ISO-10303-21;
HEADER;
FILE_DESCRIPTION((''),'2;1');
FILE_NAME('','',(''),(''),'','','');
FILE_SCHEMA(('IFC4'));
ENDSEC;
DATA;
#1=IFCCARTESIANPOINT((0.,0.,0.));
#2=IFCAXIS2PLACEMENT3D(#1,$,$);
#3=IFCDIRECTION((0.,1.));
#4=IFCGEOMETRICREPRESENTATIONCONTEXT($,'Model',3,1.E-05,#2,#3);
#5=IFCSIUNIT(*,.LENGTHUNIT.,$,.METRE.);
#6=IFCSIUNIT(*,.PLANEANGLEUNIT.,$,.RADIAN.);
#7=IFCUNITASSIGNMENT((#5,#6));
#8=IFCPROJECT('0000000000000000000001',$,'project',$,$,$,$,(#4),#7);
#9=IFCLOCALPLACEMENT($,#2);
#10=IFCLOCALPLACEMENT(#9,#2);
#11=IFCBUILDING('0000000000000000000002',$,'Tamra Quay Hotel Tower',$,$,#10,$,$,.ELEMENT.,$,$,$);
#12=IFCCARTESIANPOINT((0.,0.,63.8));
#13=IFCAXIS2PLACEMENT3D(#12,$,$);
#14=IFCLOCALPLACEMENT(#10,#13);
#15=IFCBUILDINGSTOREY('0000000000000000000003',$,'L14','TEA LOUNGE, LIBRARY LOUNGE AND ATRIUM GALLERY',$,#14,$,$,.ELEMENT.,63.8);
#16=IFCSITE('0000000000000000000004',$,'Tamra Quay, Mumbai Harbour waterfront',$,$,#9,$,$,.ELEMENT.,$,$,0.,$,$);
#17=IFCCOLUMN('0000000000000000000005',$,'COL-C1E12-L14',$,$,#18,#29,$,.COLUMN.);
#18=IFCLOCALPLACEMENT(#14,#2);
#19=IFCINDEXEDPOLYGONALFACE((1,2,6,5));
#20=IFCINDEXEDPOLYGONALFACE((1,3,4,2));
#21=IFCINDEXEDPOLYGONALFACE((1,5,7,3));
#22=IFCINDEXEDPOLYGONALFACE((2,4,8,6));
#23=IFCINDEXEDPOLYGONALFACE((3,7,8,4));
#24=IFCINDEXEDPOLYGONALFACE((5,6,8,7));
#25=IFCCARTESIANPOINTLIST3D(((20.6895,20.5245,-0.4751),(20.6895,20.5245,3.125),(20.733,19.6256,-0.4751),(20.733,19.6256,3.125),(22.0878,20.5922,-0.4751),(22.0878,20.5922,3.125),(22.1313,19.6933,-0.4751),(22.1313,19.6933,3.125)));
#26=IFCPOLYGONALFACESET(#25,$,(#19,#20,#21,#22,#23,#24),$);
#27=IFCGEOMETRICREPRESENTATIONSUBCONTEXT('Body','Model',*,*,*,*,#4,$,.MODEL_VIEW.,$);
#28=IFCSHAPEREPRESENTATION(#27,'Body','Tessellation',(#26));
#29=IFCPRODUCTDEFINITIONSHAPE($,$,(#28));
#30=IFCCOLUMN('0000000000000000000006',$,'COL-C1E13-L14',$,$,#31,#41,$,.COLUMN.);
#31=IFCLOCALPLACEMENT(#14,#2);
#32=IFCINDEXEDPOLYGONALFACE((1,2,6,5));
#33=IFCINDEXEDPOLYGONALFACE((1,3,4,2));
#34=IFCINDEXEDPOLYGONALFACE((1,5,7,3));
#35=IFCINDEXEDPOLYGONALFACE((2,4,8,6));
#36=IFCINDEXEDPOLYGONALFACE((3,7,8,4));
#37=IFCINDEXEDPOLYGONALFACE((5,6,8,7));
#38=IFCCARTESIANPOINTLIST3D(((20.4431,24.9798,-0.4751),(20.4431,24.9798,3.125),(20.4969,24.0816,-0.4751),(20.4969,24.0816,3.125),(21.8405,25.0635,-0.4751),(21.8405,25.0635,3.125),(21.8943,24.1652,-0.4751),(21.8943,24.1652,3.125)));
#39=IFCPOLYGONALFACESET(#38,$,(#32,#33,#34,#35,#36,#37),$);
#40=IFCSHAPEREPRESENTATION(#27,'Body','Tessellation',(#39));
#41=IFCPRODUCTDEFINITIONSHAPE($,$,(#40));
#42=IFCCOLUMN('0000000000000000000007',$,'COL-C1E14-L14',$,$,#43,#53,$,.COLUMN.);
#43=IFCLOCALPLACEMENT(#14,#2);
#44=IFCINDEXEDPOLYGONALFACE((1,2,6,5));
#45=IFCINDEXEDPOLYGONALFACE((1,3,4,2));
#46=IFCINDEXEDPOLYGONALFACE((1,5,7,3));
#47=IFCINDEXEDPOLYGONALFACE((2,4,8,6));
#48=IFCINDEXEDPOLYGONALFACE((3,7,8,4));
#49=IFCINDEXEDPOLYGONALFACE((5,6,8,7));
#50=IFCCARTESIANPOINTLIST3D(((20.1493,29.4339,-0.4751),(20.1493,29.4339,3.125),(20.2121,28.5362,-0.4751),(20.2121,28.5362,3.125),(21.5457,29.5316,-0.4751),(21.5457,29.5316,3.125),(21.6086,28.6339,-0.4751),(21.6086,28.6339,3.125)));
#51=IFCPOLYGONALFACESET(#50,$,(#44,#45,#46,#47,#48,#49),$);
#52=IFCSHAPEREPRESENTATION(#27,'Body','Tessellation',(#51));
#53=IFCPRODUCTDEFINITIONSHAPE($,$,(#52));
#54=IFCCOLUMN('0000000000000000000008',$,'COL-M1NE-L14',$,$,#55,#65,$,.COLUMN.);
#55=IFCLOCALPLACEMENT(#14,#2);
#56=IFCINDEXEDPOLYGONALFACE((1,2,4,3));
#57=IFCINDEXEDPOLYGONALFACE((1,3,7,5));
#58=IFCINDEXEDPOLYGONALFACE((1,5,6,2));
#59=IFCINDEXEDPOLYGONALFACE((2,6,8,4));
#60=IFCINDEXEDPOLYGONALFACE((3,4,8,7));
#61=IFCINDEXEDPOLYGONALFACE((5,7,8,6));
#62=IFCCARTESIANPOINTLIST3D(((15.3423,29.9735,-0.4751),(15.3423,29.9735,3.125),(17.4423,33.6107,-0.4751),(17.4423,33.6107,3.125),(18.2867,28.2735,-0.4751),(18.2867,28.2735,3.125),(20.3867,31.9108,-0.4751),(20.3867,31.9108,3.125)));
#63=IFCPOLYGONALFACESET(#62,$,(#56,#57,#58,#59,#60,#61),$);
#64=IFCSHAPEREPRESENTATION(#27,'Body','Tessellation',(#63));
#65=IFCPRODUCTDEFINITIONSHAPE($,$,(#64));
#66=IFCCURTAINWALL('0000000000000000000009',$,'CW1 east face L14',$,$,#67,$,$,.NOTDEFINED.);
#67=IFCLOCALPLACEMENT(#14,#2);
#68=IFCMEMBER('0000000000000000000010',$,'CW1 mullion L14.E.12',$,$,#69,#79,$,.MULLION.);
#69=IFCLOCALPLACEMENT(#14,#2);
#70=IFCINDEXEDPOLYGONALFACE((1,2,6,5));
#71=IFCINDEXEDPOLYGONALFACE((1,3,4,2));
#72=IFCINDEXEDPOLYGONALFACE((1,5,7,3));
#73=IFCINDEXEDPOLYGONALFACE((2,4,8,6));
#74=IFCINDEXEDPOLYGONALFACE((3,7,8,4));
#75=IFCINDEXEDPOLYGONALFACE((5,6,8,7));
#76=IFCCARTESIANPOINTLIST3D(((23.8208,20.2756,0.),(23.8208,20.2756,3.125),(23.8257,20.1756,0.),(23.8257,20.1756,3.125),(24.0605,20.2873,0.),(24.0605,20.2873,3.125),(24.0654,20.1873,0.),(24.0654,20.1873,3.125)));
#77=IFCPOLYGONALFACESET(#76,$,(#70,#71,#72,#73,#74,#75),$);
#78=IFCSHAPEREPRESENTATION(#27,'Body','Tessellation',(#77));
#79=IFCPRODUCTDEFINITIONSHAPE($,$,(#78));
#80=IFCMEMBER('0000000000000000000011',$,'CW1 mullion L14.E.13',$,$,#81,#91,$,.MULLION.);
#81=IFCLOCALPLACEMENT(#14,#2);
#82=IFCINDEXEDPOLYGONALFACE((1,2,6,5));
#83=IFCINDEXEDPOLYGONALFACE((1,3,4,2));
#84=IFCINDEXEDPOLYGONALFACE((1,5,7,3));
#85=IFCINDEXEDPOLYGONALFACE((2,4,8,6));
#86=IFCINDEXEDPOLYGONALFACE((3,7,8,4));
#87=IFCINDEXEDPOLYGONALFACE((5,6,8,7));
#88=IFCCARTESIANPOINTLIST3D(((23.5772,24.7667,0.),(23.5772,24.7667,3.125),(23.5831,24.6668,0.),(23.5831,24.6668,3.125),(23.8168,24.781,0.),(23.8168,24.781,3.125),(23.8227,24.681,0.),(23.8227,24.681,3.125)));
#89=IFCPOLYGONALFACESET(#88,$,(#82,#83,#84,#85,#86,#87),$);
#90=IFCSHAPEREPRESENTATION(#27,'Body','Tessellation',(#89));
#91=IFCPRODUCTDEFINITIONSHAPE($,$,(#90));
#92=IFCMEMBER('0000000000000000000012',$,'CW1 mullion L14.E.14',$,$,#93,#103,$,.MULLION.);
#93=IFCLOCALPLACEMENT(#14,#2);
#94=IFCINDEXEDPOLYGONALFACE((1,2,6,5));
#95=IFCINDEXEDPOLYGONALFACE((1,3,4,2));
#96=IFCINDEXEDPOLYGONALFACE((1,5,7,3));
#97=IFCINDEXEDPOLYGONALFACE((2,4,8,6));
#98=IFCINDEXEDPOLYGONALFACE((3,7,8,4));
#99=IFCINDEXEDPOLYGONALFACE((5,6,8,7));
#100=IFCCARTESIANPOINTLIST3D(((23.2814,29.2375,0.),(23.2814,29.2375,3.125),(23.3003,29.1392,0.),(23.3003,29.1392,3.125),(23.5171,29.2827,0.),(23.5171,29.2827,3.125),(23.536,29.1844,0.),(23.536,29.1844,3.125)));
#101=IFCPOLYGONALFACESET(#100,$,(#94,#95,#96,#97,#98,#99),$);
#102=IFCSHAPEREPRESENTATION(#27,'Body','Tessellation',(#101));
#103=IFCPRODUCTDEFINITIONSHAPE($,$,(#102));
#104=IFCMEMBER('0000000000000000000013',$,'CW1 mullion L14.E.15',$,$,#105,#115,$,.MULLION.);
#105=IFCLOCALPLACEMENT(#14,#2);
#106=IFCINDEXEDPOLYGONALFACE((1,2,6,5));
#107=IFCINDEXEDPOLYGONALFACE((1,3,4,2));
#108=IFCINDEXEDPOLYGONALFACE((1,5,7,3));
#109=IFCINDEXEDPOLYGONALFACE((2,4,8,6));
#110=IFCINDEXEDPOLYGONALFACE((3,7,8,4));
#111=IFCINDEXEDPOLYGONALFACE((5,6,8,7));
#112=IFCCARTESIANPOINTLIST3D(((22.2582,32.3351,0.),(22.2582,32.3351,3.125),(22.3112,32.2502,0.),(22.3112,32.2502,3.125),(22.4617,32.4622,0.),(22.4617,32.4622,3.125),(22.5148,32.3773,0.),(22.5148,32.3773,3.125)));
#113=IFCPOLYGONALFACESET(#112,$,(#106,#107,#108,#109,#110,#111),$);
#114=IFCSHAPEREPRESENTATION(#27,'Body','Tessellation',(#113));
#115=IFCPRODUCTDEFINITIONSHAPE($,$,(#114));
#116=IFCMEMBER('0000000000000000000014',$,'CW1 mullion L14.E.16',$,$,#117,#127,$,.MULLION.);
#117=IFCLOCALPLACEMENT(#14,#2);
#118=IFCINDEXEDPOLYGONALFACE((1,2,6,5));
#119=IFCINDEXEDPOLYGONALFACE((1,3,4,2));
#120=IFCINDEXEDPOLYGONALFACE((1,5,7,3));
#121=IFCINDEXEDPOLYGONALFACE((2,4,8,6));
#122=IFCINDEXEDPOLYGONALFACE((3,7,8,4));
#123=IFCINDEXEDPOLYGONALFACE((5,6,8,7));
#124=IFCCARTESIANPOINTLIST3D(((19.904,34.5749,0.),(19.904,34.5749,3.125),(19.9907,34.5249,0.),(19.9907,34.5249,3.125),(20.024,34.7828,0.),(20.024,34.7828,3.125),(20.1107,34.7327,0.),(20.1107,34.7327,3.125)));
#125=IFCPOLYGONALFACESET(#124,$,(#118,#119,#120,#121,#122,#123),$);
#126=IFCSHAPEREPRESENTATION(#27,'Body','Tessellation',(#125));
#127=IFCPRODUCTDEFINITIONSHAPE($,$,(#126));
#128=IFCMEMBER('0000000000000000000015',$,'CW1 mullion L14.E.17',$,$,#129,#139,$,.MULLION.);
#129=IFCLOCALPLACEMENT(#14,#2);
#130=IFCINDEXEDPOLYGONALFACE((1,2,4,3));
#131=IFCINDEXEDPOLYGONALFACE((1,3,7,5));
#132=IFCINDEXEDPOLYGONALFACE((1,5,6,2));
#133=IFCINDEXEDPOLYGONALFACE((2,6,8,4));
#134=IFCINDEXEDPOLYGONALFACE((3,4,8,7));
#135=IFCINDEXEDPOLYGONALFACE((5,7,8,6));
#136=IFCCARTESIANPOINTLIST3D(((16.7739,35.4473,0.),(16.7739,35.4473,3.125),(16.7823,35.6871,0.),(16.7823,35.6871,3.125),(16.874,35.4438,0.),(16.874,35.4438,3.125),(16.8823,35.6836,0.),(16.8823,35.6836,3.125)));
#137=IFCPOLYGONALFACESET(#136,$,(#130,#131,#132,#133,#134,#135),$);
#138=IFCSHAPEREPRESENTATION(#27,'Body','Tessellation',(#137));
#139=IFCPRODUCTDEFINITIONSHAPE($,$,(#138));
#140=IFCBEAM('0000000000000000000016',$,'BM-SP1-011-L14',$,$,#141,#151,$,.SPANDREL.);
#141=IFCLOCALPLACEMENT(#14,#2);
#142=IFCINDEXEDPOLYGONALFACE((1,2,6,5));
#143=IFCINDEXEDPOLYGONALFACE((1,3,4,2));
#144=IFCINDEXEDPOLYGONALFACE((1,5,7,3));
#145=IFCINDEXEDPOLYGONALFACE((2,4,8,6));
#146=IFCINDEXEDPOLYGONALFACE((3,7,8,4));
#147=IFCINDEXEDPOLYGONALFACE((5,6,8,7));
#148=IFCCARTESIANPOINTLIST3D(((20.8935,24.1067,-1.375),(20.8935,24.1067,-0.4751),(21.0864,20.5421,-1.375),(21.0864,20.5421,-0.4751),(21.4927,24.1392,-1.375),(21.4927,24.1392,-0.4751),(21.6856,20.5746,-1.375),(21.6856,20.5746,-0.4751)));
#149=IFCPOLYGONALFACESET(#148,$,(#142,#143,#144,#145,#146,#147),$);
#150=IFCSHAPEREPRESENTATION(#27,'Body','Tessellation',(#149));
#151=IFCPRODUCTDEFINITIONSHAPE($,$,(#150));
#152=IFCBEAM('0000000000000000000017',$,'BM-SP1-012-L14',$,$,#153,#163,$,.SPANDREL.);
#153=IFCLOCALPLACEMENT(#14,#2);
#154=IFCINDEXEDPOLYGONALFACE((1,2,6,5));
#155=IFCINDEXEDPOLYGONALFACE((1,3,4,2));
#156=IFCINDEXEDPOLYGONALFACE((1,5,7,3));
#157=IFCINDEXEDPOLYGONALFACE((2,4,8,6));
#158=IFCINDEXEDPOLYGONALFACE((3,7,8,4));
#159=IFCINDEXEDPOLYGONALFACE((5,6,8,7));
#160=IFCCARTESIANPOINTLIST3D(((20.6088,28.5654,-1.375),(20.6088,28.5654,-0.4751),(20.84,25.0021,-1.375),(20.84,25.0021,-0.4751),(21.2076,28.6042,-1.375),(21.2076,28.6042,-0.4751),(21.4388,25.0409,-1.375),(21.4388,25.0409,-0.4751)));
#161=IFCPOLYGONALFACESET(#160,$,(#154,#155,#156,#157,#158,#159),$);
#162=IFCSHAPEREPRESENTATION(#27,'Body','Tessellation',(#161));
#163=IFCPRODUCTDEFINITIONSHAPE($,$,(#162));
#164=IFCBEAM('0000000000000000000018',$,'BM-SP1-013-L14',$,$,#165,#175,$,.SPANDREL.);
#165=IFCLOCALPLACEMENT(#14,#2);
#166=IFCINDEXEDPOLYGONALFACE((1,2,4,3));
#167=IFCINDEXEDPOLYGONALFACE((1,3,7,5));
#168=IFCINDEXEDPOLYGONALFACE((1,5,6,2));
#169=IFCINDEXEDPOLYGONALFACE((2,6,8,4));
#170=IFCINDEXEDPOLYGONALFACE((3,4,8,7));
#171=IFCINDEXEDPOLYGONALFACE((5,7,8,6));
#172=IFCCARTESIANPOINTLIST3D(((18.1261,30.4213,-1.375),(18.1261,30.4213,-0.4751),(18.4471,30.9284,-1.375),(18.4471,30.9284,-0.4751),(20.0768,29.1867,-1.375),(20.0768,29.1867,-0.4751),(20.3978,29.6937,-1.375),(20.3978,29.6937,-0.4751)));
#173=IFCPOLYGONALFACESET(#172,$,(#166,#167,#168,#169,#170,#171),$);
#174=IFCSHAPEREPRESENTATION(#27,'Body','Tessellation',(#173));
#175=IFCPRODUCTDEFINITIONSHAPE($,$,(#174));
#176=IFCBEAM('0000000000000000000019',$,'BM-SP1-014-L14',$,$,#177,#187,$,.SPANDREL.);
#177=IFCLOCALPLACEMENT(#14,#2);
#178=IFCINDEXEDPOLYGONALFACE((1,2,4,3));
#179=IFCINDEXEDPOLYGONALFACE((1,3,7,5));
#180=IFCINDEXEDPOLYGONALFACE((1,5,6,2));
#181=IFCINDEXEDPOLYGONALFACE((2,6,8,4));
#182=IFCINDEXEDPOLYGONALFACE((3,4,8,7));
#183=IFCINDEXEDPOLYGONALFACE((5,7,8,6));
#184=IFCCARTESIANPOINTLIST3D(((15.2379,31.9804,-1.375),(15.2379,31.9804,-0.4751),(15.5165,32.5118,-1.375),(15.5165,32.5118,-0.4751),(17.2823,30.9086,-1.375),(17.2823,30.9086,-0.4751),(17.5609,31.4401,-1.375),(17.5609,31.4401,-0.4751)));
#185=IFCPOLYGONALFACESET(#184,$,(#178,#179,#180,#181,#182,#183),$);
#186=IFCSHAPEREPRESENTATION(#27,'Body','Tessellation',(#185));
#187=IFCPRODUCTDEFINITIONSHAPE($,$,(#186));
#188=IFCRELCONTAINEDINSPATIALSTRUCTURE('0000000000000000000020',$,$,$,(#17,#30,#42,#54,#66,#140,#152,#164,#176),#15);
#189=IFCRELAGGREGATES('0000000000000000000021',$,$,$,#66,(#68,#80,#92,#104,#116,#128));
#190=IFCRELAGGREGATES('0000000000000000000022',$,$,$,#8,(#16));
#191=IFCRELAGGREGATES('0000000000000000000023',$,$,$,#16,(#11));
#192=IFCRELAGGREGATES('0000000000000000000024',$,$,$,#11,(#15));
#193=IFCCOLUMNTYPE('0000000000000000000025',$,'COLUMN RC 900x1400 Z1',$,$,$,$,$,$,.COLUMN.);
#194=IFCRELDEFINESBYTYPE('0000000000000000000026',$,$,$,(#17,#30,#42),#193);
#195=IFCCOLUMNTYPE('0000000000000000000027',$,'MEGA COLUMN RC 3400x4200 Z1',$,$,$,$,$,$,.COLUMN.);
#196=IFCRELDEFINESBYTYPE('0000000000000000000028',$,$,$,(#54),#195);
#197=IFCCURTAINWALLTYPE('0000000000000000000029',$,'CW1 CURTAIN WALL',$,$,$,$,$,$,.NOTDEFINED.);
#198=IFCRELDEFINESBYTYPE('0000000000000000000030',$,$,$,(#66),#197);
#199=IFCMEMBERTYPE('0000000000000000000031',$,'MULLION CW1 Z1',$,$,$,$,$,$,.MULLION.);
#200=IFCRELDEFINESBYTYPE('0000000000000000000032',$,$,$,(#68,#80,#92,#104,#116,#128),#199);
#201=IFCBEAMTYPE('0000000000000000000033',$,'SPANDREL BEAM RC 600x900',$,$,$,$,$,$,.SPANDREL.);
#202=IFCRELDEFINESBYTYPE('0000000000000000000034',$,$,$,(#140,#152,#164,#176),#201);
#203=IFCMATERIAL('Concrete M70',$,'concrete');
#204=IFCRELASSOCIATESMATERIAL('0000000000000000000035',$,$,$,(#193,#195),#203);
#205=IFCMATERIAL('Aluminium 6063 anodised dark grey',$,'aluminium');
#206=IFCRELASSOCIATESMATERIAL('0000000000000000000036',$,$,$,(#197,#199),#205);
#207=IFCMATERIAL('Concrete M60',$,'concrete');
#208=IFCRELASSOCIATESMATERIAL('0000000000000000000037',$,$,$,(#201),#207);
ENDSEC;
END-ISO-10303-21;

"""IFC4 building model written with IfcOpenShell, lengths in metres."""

from ifc_helpers import new_model, si_unit, direction, frame, origin, origin_2d, place, context, subcontext, project, spatial, rectangle, extrude, material, material_profile, profile_set, type_object, element, aggregate, save


model = new_model("IFC4")

# Units and contexts
model_context = context("Model", 3, precision=1e-05, world=origin(), true_north=direction((0.0, 1.0)))
body_context = subcontext(model_context, "Body", "Model", "MODEL_VIEW")
ifc_project = project(units=[si_unit("LENGTHUNIT", "METRE"), si_unit("PLANEANGLEUNIT", "RADIAN")], contexts=[model_context])

# Site, building, storey
site_placement = place(None, origin())
site = spatial("IfcSite", under=ifc_project, at=site_placement, Name="Tamra Quay, Mumbai Harbour waterfront", CompositionType="ELEMENT", RefElevation=0.0)
building_placement = place(site_placement, origin())
building = spatial("IfcBuilding", under=site, at=building_placement, Name="Tamra Quay Hotel Tower", CompositionType="ELEMENT")
storey_placement = place(building_placement, frame((0.0, 0.0, 63.8)))
storey = spatial("IfcBuildingStorey", under=building, at=storey_placement, Name="L14", Description="TEA LOUNGE, LIBRARY LOUNGE AND ATRIUM GALLERY", CompositionType="ELEMENT", Elevation=63.8)

# Columns
ifc_material_1 = material(Name="Concrete M70", Category="concrete")
ifc_material_profile_1 = material_profile(ifc_material_1, rectangle(XDim=1.3999, YDim=0.8999, at=origin_2d()), Name="COLUMN RC 900x1400 Z1")
ifc_profile_set_1 = profile_set([ifc_material_profile_1], Name="Concrete M70")
column_type_1 = type_object("IfcColumnType", Name="COLUMN RC 900x1400 Z1", PredefinedType="COLUMN", material=ifc_profile_set_1)
for number, where, z_axis, x_axis, name in (
    (1, (21.4104, 20.1089, -0.4751), (0.0, 0.0, 1.0), (0.998831, 0.048344, 0.0), "COL-C1E12-L14"),
    (2, (21.1687, 24.5725, -0.4751), (0.0, 0.0, 1.0), (0.998214, 0.059733, 0.0), "COL-C1E13-L14"),
    (3, (20.8789, 29.0339, -0.4751), (0.0, 0.0, 1.0), (0.997562, 0.06979, 0.0), "COL-C1E14-L14"),
):
    element("IfcColumn", number, at=place(storey_placement, frame(where, z_axis=z_axis, x_axis=x_axis)), inside=storey, type_object=column_type_1, Name=name, PredefinedType="COLUMN", context=body_context, shape_type="SweptSolid", body=[
        extrude(rectangle(XDim=1.3999, YDim=0.8999, at=origin_2d()), origin(), (0.0, 0.0, 1.0), 3.6001),
    ])
ifc_material_profile_2 = material_profile(ifc_material_1, rectangle(XDim=4.2, YDim=3.3999, at=origin_2d()), Name="MEGA COLUMN RC 3400x4200 Z1")
ifc_profile_set_2 = profile_set([ifc_material_profile_2], Name="Concrete M70")
column_type_2 = type_object("IfcColumnType", Name="MEGA COLUMN RC 3400x4200 Z1", PredefinedType="COLUMN", material=ifc_profile_set_2)
column_placement = place(storey_placement, frame((17.8645, 30.9421, -0.4751), z_axis=(0.0, 0.0, 1.0), x_axis=(0.5, 0.866025, 0.0)))
element("IfcColumn", 4, at=column_placement, inside=storey, type_object=column_type_2, Name="COL-M1NE-L14", PredefinedType="COLUMN", context=body_context, shape_type="SweptSolid", body=[
    extrude(rectangle(XDim=4.2, YDim=3.3999, at=origin_2d()), origin(), (0.0, 0.0, 1.0), 3.6001),
])

# Curtain wall, members
ifc_material_2 = material(Name="Aluminium 6063 anodised dark grey", Category="aluminium")
curtain_wall_type = type_object("IfcCurtainWallType", Name="CW1 CURTAIN WALL", PredefinedType="NOTDEFINED", material=ifc_material_2)
curtain_wall_placement = place(storey_placement, origin())
curtain_wall = element("IfcCurtainWall", 5, at=curtain_wall_placement, inside=storey, type_object=curtain_wall_type, Name="CW1 east face L14", PredefinedType="NOTDEFINED")
ifc_material_profile_3 = material_profile(ifc_material_2, rectangle(XDim=0.24, YDim=0.1001, at=origin_2d()), Name="MULLION 100X240")
ifc_profile_set_3 = profile_set([ifc_material_profile_3], Name="Aluminium 6063 anodised dark grey")
member_type_1 = type_object("IfcMemberType", Name="MULLION CW1 Z1", PredefinedType="MULLION", material=ifc_profile_set_3)
member_1_placement = place(storey_placement, frame((23.9431, 20.2314, 0.0), z_axis=(0.0, 0.0, 1.0), x_axis=(0.998815, 0.048674, 0.0)))
member_1 = element("IfcMember", 6, at=member_1_placement, type_object=member_type_1, Name="CW1 mullion L14.E.12", PredefinedType="MULLION", context=body_context, shape_type="SweptSolid", body=[
    extrude(rectangle(XDim=0.24, YDim=0.1001, at=origin_2d()), origin(), (0.0, 0.0, 1.0), 3.125),
])
member_2_placement = place(storey_placement, frame((23.7, 24.7239, 0.0), z_axis=(0.0, 0.0, 1.0), x_axis=(0.998232, 0.059438, 0.0)))
member_2 = element("IfcMember", 7, at=member_2_placement, type_object=member_type_1, Name="CW1 mullion L14.E.13", PredefinedType="MULLION", context=body_context, shape_type="SweptSolid", body=[
    extrude(rectangle(XDim=0.24, YDim=0.1001, at=origin_2d()), origin(), (0.0, 0.0, 1.0), 3.125),
])
member_3_placement = place(storey_placement, frame((23.4087, 29.2109, 0.0), z_axis=(0.0, 0.0, 1.0), x_axis=(0.982095, 0.188389, 0.0)))
member_3 = element("IfcMember", 8, at=member_3_placement, type_object=member_type_1, Name="CW1 mullion L14.E.14", PredefinedType="MULLION", context=body_context, shape_type="SweptSolid", body=[
    extrude(rectangle(XDim=0.24, YDim=0.1001, at=origin_2d()), origin(), (0.0, 0.0, 1.0), 3.125),
])
member_4_placement = place(storey_placement, frame((22.3865, 32.3562, 0.0), z_axis=(0.0, 0.0, 1.0), x_axis=(0.848039, 0.529933, 0.0)))
member_4 = element("IfcMember", 9, at=member_4_placement, type_object=member_type_1, Name="CW1 mullion L14.E.15", PredefinedType="MULLION", context=body_context, shape_type="SweptSolid", body=[
    extrude(rectangle(XDim=0.24, YDim=0.1001, at=origin_2d()), origin(), (0.0, 0.0, 1.0), 3.125),
])
member_5_placement = place(storey_placement, frame((20.0073, 34.6538, 0.0), z_axis=(0.0, 0.0, 1.0), x_axis=(0.5, 0.866025, 0.0)))
member_5 = element("IfcMember", 10, at=member_5_placement, type_object=member_type_1, Name="CW1 mullion L14.E.16", PredefinedType="MULLION", context=body_context, shape_type="SweptSolid", body=[
    extrude(rectangle(XDim=0.24, YDim=0.1001, at=origin_2d()), origin(), (0.0, 0.0, 1.0), 3.125),
])
member_6_placement = place(storey_placement, frame((16.8281, 35.5654, 0.0), z_axis=(0.0, 0.0, 1.0), x_axis=(0.034916, 0.99939, 0.0)))
member_6 = element("IfcMember", 11, at=member_6_placement, type_object=member_type_1, Name="CW1 mullion L14.E.17", PredefinedType="MULLION", context=body_context, shape_type="SweptSolid", body=[
    extrude(rectangle(XDim=0.24, YDim=0.1001, at=origin_2d()), origin(), (0.0, 0.0, 1.0), 3.125),
])

# Beams
ifc_material_3 = material(Name="Concrete M60", Category="concrete")
ifc_material_profile_4 = material_profile(ifc_material_3, rectangle(XDim=0.6001, YDim=0.8999, at=origin_2d()), Name="SPANDREL BEAM RC 600x900")
ifc_profile_set_4 = profile_set([ifc_material_profile_4], Name="Concrete M60")
beam_type = type_object("IfcBeamType", Name="SPANDREL BEAM RC 600x900", PredefinedType="SPANDREL", material=ifc_profile_set_4)
beam_1_placement = place(storey_placement, frame((21.386, 20.5583, -0.925), z_axis=(-0.054027, 0.998539, 0.0), x_axis=(-0.998539, -0.054027, 0.0)))
element("IfcBeam", 12, at=beam_1_placement, inside=storey, type_object=beam_type, Name="BM-SP1-011-L14", PredefinedType="SPANDREL", context=body_context, shape_type="SweptSolid", body=[
    extrude(rectangle(XDim=0.6001, YDim=0.8999, at=origin_2d()), origin(), (0.0, 0.0, 1.0), 3.5698),
])
beam_2_placement = place(storey_placement, frame((21.1394, 25.0215, -0.925), z_axis=(-0.064749, 0.997902, 0.0), x_axis=(-0.997902, -0.064749, 0.0)))
element("IfcBeam", 13, at=beam_2_placement, inside=storey, type_object=beam_type, Name="BM-SP1-012-L14", PredefinedType="SPANDREL", context=body_context, shape_type="SweptSolid", body=[
    extrude(rectangle(XDim=0.6001, YDim=0.8999, at=origin_2d()), origin(), (0.0, 0.0, 1.0), 3.5708),
])
beam_3_placement = place(storey_placement, frame((20.2373, 29.4402, -0.925), z_axis=(-0.844978, 0.5348, 0.0), x_axis=(-0.5348, -0.844978, 0.0)))
element("IfcBeam", 14, at=beam_3_placement, inside=storey, type_object=beam_type, Name="BM-SP1-013-L14", PredefinedType="SPANDREL", context=body_context, shape_type="SweptSolid", body=[
    extrude(rectangle(XDim=0.6001, YDim=0.8999, at=origin_2d()), origin(), (0.0, 0.0, 1.0), 2.3086),
])
beam_4_placement = place(storey_placement, frame((17.4216, 31.1743, -0.925), z_axis=(-0.885674, 0.464307, 0.0), x_axis=(-0.464307, -0.885674, 0.0)))
element("IfcBeam", 15, at=beam_4_placement, inside=storey, type_object=beam_type, Name="BM-SP1-014-L14", PredefinedType="SPANDREL", context=body_context, shape_type="SweptSolid", body=[
    extrude(rectangle(XDim=0.6001, YDim=0.8999, at=origin_2d()), origin(), (0.0, 0.0, 1.0), 2.3083),
])

aggregate(curtain_wall, [member_1, member_2, member_3, member_4, member_5, member_6])

save(model, "model.ifc")
